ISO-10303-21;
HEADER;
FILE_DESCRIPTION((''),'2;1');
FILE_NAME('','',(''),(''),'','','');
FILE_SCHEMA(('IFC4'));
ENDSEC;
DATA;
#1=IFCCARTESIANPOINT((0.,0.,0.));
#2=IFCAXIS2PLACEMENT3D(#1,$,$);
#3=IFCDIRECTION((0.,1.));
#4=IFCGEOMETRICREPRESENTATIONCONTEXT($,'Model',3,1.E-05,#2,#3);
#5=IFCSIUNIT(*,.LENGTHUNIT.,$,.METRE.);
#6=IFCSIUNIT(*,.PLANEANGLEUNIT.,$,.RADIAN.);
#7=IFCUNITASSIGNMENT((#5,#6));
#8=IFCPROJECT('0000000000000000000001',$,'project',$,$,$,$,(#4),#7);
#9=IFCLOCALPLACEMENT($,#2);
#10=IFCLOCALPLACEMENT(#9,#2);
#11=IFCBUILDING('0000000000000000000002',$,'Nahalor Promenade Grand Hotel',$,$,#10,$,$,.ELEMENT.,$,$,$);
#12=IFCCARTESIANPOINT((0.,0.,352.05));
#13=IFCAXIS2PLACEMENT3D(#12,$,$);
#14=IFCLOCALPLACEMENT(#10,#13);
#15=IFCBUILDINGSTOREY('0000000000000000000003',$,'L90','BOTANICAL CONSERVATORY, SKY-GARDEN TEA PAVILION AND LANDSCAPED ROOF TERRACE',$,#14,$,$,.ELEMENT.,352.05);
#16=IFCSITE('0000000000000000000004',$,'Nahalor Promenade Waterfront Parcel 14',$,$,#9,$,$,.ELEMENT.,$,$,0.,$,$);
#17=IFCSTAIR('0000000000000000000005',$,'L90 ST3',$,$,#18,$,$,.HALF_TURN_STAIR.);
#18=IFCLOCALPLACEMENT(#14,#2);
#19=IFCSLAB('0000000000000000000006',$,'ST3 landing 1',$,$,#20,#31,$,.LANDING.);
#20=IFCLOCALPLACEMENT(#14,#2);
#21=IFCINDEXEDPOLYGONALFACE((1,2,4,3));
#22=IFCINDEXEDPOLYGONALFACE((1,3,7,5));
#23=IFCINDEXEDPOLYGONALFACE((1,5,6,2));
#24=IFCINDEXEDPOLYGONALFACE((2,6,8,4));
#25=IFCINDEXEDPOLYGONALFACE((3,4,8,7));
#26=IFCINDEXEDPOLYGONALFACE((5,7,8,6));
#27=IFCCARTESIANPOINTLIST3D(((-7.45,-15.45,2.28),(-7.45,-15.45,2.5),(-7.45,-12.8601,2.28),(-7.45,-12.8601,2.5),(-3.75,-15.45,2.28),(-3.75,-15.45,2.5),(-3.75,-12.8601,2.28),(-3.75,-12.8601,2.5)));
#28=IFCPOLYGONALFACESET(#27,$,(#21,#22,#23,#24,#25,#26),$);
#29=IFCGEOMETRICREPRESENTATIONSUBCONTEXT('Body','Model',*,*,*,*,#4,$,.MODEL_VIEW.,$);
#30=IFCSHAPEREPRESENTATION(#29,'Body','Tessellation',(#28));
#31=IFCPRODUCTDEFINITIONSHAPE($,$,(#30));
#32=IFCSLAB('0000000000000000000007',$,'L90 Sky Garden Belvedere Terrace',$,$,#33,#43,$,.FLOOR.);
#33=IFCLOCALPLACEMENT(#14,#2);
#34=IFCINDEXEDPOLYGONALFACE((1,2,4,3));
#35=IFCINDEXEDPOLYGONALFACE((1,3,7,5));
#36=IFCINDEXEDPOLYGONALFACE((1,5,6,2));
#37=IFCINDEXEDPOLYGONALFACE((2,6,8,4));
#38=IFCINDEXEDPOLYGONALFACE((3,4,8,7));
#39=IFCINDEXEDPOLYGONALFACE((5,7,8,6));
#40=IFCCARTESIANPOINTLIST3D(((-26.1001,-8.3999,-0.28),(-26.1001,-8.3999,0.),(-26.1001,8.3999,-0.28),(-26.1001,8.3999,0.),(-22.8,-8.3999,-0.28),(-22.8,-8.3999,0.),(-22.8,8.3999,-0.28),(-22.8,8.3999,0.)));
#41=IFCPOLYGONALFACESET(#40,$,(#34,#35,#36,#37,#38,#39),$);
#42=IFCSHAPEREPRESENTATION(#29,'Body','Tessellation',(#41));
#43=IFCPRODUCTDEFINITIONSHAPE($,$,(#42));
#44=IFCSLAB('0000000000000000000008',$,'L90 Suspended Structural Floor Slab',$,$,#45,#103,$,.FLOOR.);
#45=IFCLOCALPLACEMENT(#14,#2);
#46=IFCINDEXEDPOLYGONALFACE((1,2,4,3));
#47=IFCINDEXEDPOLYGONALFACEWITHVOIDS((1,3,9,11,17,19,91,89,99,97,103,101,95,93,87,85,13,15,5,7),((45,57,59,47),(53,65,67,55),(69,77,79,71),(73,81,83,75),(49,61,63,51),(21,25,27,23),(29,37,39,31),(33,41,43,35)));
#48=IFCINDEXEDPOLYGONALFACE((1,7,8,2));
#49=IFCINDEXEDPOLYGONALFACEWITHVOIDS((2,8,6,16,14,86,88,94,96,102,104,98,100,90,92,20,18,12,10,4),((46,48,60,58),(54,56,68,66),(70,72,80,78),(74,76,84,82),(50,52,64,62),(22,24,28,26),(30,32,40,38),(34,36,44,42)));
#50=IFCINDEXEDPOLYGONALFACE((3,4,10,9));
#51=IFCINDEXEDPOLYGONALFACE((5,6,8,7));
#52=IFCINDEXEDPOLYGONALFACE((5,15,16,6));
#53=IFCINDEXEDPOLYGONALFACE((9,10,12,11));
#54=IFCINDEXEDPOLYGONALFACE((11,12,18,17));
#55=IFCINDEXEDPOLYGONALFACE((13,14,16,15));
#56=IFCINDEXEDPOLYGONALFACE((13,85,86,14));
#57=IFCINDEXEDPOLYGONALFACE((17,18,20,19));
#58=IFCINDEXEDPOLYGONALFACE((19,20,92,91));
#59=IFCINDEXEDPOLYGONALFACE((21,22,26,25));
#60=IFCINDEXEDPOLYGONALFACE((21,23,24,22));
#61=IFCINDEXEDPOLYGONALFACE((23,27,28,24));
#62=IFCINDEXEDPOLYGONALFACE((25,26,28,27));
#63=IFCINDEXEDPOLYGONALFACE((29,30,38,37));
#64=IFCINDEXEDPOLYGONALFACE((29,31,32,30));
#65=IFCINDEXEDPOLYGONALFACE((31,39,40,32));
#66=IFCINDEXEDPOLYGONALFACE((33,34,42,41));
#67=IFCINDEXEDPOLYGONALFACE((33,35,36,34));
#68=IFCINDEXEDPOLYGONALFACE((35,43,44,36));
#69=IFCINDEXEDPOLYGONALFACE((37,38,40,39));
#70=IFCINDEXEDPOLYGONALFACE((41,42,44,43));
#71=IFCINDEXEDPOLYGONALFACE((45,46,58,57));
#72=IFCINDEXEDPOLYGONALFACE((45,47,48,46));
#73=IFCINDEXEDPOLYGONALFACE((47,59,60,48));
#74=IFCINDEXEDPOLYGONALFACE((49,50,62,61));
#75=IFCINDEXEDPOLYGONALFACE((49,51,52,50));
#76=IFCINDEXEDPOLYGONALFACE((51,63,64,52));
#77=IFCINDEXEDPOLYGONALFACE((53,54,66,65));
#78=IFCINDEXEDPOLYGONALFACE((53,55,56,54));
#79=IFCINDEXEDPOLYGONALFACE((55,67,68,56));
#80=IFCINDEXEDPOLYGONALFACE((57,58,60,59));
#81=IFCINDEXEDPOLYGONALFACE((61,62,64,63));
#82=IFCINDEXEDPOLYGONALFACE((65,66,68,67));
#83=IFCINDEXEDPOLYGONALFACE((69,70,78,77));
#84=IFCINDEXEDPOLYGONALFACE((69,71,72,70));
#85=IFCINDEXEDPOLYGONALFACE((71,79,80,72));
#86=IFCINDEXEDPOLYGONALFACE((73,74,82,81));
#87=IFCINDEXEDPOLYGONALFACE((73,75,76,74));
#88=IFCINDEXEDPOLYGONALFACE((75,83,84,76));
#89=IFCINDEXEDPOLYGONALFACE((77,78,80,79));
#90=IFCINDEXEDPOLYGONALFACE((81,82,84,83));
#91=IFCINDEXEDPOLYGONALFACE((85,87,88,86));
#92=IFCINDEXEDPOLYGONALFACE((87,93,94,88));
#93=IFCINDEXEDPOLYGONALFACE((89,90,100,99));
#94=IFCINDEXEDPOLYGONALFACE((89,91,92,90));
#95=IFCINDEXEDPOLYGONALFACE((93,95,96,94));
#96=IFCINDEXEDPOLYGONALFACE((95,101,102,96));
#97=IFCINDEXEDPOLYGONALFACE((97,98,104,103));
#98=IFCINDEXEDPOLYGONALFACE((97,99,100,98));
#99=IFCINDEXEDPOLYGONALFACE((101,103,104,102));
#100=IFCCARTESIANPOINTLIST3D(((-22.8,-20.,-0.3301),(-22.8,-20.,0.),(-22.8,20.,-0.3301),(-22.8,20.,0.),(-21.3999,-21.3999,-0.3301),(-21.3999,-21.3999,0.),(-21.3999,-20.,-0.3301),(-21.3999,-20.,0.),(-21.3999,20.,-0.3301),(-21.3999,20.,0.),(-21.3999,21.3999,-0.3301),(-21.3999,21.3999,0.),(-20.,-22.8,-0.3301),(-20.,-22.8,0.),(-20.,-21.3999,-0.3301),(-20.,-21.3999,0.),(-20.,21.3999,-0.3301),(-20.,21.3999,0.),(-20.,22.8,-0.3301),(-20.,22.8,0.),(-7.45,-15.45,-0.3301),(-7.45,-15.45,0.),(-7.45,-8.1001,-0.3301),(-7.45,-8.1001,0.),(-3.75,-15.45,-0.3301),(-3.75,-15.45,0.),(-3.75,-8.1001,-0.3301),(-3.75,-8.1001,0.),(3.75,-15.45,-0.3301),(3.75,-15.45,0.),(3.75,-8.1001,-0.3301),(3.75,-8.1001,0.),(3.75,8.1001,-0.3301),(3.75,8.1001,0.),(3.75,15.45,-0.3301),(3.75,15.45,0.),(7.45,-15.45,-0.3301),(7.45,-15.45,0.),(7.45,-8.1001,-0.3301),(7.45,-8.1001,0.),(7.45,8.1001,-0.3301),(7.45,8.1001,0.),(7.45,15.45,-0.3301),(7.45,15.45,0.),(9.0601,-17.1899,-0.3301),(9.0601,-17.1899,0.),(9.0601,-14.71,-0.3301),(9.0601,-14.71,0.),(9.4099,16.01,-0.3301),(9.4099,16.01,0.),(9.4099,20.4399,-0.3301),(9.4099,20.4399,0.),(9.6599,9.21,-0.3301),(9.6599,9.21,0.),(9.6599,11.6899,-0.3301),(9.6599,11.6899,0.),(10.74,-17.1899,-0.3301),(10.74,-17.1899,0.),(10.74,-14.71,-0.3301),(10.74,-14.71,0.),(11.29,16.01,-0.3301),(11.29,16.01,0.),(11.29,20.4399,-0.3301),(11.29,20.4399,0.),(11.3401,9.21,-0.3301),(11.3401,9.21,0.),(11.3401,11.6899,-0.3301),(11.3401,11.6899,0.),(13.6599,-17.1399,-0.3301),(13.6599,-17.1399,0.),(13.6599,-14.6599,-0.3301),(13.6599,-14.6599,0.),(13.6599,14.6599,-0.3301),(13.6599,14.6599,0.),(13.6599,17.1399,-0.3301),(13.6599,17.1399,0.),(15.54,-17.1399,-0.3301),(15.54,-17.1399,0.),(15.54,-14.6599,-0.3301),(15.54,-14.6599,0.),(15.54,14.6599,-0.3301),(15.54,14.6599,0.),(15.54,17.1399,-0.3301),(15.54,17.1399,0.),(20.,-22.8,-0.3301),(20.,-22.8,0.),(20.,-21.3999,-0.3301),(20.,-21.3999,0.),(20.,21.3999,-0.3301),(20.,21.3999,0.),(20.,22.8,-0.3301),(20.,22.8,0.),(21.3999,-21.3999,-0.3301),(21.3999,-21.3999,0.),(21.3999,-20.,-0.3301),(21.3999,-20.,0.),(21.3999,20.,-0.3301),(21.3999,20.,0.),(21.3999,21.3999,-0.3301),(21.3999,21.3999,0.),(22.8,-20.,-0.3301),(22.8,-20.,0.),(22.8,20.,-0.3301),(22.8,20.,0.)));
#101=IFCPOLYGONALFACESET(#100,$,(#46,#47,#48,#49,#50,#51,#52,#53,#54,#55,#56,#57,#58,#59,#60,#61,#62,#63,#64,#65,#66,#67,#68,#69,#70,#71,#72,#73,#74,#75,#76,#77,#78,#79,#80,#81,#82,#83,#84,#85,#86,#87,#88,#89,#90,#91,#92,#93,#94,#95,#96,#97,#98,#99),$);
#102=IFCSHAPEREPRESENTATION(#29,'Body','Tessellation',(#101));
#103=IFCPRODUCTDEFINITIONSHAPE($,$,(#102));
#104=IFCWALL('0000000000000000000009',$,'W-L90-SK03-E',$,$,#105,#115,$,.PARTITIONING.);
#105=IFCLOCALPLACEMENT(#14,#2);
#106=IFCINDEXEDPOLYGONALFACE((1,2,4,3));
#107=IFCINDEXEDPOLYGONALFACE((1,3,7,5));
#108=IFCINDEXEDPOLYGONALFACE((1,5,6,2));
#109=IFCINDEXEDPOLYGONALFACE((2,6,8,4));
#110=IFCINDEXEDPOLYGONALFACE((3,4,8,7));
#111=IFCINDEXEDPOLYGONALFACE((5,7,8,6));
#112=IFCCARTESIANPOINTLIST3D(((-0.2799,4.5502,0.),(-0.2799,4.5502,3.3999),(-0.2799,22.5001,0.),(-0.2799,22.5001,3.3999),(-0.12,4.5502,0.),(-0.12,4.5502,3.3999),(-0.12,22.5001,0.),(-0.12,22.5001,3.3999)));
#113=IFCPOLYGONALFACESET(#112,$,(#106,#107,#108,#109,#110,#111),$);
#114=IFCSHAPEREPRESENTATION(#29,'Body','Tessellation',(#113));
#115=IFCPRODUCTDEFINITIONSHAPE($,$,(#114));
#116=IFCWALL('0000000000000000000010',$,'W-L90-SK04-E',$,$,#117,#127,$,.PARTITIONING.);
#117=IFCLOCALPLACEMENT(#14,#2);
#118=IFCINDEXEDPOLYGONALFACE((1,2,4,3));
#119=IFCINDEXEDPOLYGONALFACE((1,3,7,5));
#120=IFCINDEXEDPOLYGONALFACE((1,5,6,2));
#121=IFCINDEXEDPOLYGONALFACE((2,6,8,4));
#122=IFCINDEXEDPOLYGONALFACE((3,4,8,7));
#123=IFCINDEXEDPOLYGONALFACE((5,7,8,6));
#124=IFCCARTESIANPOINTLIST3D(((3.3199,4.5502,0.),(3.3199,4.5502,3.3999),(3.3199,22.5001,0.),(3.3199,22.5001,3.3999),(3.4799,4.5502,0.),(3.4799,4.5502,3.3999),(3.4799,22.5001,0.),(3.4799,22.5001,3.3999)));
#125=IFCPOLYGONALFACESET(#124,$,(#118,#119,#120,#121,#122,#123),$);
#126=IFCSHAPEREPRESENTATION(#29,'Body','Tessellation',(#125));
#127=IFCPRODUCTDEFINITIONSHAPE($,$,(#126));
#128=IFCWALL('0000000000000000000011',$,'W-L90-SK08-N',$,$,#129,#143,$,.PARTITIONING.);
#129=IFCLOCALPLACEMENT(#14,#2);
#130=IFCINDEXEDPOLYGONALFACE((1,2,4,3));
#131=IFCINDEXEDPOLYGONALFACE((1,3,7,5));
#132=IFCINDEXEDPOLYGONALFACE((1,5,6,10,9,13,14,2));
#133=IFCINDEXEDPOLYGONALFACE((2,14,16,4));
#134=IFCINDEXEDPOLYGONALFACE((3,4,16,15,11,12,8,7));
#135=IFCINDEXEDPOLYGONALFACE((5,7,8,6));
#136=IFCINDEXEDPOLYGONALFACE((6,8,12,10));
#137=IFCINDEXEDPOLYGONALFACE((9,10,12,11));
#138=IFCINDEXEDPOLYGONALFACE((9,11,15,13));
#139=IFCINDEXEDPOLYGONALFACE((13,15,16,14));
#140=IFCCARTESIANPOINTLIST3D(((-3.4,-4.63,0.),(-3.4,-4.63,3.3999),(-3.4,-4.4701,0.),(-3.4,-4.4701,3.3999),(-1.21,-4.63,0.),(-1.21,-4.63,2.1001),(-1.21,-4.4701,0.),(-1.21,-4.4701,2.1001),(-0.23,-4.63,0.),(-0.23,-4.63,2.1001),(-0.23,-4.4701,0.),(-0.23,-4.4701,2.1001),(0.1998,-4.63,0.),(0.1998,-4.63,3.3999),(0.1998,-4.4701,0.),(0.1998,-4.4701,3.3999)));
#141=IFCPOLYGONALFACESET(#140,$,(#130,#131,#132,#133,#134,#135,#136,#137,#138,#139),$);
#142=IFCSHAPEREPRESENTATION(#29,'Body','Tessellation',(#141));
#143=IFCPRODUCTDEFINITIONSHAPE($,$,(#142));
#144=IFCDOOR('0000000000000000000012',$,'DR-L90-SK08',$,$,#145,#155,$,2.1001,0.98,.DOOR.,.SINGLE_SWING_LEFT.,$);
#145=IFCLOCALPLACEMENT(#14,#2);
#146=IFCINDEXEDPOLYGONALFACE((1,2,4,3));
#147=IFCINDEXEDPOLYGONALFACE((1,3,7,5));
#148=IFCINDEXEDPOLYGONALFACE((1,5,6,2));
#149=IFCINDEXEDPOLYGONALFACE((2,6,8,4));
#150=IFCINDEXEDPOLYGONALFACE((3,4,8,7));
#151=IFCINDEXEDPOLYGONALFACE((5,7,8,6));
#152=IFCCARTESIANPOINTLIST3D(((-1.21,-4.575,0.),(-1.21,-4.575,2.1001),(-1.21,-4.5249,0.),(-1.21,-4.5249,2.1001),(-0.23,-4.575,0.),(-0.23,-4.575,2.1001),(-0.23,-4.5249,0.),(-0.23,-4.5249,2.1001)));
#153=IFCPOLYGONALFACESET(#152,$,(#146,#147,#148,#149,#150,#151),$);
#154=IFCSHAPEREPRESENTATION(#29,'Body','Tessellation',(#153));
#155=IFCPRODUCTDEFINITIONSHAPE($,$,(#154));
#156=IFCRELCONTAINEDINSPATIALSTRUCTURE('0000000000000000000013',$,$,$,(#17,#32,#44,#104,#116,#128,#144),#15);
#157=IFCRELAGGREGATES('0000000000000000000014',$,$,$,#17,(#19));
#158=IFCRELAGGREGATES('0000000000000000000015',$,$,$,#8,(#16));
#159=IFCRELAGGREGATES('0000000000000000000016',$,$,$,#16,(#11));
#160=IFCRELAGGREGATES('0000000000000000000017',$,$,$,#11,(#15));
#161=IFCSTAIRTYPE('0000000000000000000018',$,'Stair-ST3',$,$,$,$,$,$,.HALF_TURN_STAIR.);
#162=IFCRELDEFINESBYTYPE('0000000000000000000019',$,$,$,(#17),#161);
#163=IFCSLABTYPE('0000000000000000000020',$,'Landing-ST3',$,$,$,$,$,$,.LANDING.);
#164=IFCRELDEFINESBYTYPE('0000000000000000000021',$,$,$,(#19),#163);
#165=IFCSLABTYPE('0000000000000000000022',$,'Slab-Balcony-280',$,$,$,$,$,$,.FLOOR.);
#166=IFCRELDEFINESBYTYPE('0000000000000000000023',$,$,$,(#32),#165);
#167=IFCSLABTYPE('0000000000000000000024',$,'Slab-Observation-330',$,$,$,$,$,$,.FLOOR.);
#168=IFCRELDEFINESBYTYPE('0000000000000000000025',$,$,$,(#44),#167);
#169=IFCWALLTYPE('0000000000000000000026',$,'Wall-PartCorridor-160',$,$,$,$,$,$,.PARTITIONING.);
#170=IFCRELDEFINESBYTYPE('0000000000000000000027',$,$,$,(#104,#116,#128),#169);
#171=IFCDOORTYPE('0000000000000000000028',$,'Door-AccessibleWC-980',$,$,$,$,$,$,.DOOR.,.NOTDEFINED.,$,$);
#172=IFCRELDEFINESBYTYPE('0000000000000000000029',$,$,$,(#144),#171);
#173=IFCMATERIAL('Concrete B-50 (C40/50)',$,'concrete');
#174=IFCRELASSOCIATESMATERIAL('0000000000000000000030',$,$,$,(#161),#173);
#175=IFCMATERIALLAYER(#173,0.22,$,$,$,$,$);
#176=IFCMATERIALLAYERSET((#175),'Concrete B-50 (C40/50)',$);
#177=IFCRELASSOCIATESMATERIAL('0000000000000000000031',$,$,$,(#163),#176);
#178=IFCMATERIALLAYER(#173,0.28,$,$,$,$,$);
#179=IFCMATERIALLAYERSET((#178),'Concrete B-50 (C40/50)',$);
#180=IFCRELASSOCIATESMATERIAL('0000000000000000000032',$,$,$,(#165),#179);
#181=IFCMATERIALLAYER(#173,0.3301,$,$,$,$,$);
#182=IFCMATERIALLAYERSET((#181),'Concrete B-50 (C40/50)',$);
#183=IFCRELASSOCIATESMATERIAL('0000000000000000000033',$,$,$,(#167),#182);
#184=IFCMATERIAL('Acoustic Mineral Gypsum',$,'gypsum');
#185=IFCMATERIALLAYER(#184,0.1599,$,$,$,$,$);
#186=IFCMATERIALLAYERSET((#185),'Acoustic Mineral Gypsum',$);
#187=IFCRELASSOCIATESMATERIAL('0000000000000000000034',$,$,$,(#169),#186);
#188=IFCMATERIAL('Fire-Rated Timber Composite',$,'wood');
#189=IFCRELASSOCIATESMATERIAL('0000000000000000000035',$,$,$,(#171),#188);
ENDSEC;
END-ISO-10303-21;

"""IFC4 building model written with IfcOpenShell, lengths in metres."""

from ifc_helpers import new_model, si_unit, direction, frame, frame_2d, origin, place, context, subcontext, project, spatial, polyline, rectangle, outline, extrude, source, transform, mapped, material, layer, layer_set, type_object, element, fill, aggregate, save


model = new_model("IFC4")

# Units and contexts
model_context = context("Model", 3, precision=1e-05, world=origin(), true_north=direction((0.0, 1.0)))
body_context = subcontext(model_context, "Body", "Model", "MODEL_VIEW")
ifc_project = project(units=[si_unit("LENGTHUNIT", "METRE"), si_unit("PLANEANGLEUNIT", "RADIAN")], contexts=[model_context])

# Site, building, storey
site_placement = place(None, origin())
site = spatial("IfcSite", under=ifc_project, at=site_placement, Name="Nahalor Promenade Waterfront Parcel 14", CompositionType="ELEMENT", RefElevation=0.0)
building_placement = place(site_placement, origin())
building = spatial("IfcBuilding", under=site, at=building_placement, Name="Nahalor Promenade Grand Hotel", CompositionType="ELEMENT")
storey_placement = place(building_placement, frame((0.0, 0.0, 352.05)))
storey = spatial("IfcBuildingStorey", under=building, at=storey_placement, Name="L90", Description="BOTANICAL CONSERVATORY, SKY-GARDEN TEA PAVILION AND LANDSCAPED ROOF TERRACE", CompositionType="ELEMENT", Elevation=352.05)

# Shared definitions
ifc_material_1 = material(Name="Concrete B-50 (C40/50)", Category="concrete")

# Stair, slab
stair_type_1 = type_object("IfcStairType", Name="Stair-ST3", PredefinedType="HALF_TURN_STAIR", material=ifc_material_1)
stair_1_placement = place(storey_placement, origin())
stair_1 = element("IfcStair", 1, at=stair_1_placement, inside=storey, type_object=stair_type_1, Name="L90 ST3", PredefinedType="HALF_TURN_STAIR")
ifc_layer_1 = layer(ifc_material_1, 0.22)
ifc_layer_set_1 = layer_set([ifc_layer_1], Name="Concrete B-50 (C40/50)")
slab_type_1 = type_object("IfcSlabType", Name="Landing-ST3", PredefinedType="LANDING", material=ifc_layer_set_1)
slab_1_placement = place(storey_placement, frame((0.0, 0.0, 2.28)))
slab_1 = element("IfcSlab", 2, at=slab_1_placement, type_object=slab_type_1, Name="ST3 landing 1", PredefinedType="LANDING", context=body_context, shape_type="SweptSolid", body=[
    extrude(outline(polyline([(-7.45, -12.8601), (-7.45, -15.45), (-3.75, -15.45), (-3.75, -12.8601), (-7.45, -12.8601)])), origin(), (0.0, 0.0, 1.0), 0.22),
])
aggregate(stair_1, [slab_1])

# Slabs
ifc_layer_2 = layer(ifc_material_1, 0.28)
ifc_layer_set_2 = layer_set([ifc_layer_2], Name="Concrete B-50 (C40/50)")
slab_type_2 = type_object("IfcSlabType", Name="Slab-Balcony-280", PredefinedType="FLOOR", material=ifc_layer_set_2)
slab_2_placement = place(storey_placement, frame((0.0, 0.0, -0.28)))
element("IfcSlab", 3, at=slab_2_placement, inside=storey, type_object=slab_type_2, Name="L90 Sky Garden Belvedere Terrace", PredefinedType="FLOOR", context=body_context, shape_type="SweptSolid", body=[
    extrude(outline(polyline([(-26.1001, -8.3999), (-22.8, -8.3999), (-22.8, 8.3999), (-26.1001, 8.3999), (-26.1001, -8.3999)])), origin(), (0.0, 0.0, 1.0), 0.28),
])
ifc_layer_3 = layer(ifc_material_1, 0.3301)
ifc_layer_set_3 = layer_set([ifc_layer_3], Name="Concrete B-50 (C40/50)")
slab_type_3 = type_object("IfcSlabType", Name="Slab-Observation-330", PredefinedType="FLOOR", material=ifc_layer_set_3)
slab_3_placement = place(storey_placement, frame((0.0, 0.0, -0.3301)))
element("IfcSlab", 4, at=slab_3_placement, inside=storey, type_object=slab_type_3, Name="L90 Suspended Structural Floor Slab", PredefinedType="FLOOR", context=body_context, shape_type="SweptSolid", body=[
    extrude(outline(polyline([(-20.0, -22.8), (20.0, -22.8), (20.0, -21.3999), (21.3999, -21.3999), (21.3999, -20.0), (22.8, -20.0), (22.8, 20.0), (21.3999, 20.0), (21.3999, 21.3999), (20.0, 21.3999), (20.0, 22.8), (-20.0, 22.8), (-20.0, 21.3999), (-21.3999, 21.3999), (-21.3999, 20.0), (-22.8, 20.0), (-22.8, -20.0), (-21.3999, -20.0), (-21.3999, -21.3999), (-20.0, -21.3999), (-20.0, -22.8)]), holes=[polyline([(3.75, 8.1001), (7.45, 8.1001), (7.45, 15.45), (3.75, 15.45), (3.75, 8.1001)]), polyline([(3.75, -15.45), (7.45, -15.45), (7.45, -8.1001), (3.75, -8.1001), (3.75, -15.45)]), polyline([(-7.45, -15.45), (-3.75, -15.45), (-3.75, -8.1001), (-7.45, -8.1001), (-7.45, -15.45)]), polyline([(9.4099, 16.01), (11.29, 16.01), (11.29, 20.4399), (9.4099, 20.4399), (9.4099, 16.01)]), polyline([(9.6599, 9.21), (11.3401, 9.21), (11.3401, 11.6899), (9.6599, 11.6899), (9.6599, 9.21)]), polyline([(9.0601, -17.1899), (10.74, -17.1899), (10.74, -14.71), (9.0601, -14.71), (9.0601, -17.1899)]), polyline([(13.6599, 14.6599), (15.54, 14.6599), (15.54, 17.1399), (13.6599, 17.1399), (13.6599, 14.6599)]), polyline([(13.6599, -17.1399), (15.54, -17.1399), (15.54, -14.6599), (13.6599, -14.6599), (13.6599, -17.1399)])]), origin(), (0.0, 0.0, 1.0), 0.3301),
])

# Walls
ifc_material_2 = material(Name="Acoustic Mineral Gypsum", Category="gypsum")
ifc_layer_4 = layer(ifc_material_2, 0.1599)
ifc_layer_set_4 = layer_set([ifc_layer_4], Name="Acoustic Mineral Gypsum")
wall_type = type_object("IfcWallType", Name="Wall-PartCorridor-160", PredefinedType="PARTITIONING", material=ifc_layer_set_4)
shared_shape_1 = source(origin(), body_context, "Body", "SweptSolid", [
    extrude(rectangle(XDim=17.95, YDim=0.1599, at=frame_2d((8.9751, 0.0))), origin(), (0.0, 0.0, 1.0), 3.3999),
])
for number, where, z_axis, x_axis, name in (
    (5, (-0.2, 4.55, 0.0), (0.0, 0.0, 1.0), (0.0, 1.0, 0.0), "W-L90-SK03-E"),
    (6, (3.3999, 4.55, 0.0), (0.0, 0.0, 1.0), (0.0, 1.0, 0.0), "W-L90-SK04-E"),
):
    element("IfcWall", number, at=place(storey_placement, frame(where, z_axis=z_axis, x_axis=x_axis)), inside=storey, type_object=wall_type, Name=name, PredefinedType="PARTITIONING", context=body_context, shape_type="MappedRepresentation", body=[
        mapped(shared_shape_1, transform((0.0, 0.0, 0.0), scale=1.0)),
    ])

# Wall, opening, door
shared_shape_2 = source(origin(), body_context, "Body", "SweptSolid", [
    extrude(rectangle(XDim=3.5999, YDim=0.1599, at=frame_2d((1.7998, 0.0))), origin(), (0.0, 0.0, 1.0), 3.3999),
])
ifc_material_3 = material(Name="Fire-Rated Timber Composite", Category="wood")
wall_1_placement = place(storey_placement, frame((-3.3999, -4.55, 0.0), z_axis=(0.0, 0.0, 1.0), x_axis=(1.0, 0.0, 0.0)))
wall_1 = element("IfcWall", 7, at=wall_1_placement, inside=storey, type_object=wall_type, Name="W-L90-SK08-N", PredefinedType="PARTITIONING", context=body_context, shape_type="MappedRepresentation", body=[
    mapped(shared_shape_2, transform((0.0, 0.0, 0.0), scale=1.0)),
])
opening_1_placement = place(wall_1_placement, frame((2.1899, 0.0, 0.0)))
opening_1 = element("IfcOpeningElement", 8, at=opening_1_placement, cuts=wall_1, PredefinedType="OPENING", context=body_context, shape_type="SweptSolid", body=[
    extrude(rectangle(XDim=0.98, YDim=2.1001, at=frame_2d((0.49, 1.05))), frame((0.0, 0.0898, 0.0), z_axis=(0.0, -1.0, 0.0), x_axis=(1.0, 0.0, 0.0)), (0.0, 0.0, 1.0), 0.1799),
])
door_type_1 = type_object("IfcDoorType", Name="Door-AccessibleWC-980", OperationType="NOTDEFINED", PredefinedType="DOOR", material=ifc_material_3)
shared_shape_3 = source(origin(), body_context, "Body", "SweptSolid", [
    extrude(rectangle(XDim=0.98, YDim=2.1001, at=frame_2d((0.49, 1.05))), frame((0.0, 0.0249, 0.0), z_axis=(0.0, -1.0, 0.0), x_axis=(1.0, 0.0, 0.0)), (0.0, 0.0, 1.0), 0.05),
])
door_1_placement = place(opening_1_placement, frame((0.98, 0.0, 0.0), z_axis=(0.0, 0.0, 1.0), x_axis=(-1.0, 0.0, 0.0)))
door_1 = element("IfcDoor", 9, at=door_1_placement, inside=storey, type_object=door_type_1, Name="DR-L90-SK08", OperationType="SINGLE_SWING_LEFT", OverallHeight=2.1001, OverallWidth=0.98, PredefinedType="DOOR", context=body_context, shape_type="MappedRepresentation", body=[
    mapped(shared_shape_3, transform((0.0, 0.0, 0.0), scale=1.0)),
])
fill(opening_1, door_1)

save(model, "model.ifc")
